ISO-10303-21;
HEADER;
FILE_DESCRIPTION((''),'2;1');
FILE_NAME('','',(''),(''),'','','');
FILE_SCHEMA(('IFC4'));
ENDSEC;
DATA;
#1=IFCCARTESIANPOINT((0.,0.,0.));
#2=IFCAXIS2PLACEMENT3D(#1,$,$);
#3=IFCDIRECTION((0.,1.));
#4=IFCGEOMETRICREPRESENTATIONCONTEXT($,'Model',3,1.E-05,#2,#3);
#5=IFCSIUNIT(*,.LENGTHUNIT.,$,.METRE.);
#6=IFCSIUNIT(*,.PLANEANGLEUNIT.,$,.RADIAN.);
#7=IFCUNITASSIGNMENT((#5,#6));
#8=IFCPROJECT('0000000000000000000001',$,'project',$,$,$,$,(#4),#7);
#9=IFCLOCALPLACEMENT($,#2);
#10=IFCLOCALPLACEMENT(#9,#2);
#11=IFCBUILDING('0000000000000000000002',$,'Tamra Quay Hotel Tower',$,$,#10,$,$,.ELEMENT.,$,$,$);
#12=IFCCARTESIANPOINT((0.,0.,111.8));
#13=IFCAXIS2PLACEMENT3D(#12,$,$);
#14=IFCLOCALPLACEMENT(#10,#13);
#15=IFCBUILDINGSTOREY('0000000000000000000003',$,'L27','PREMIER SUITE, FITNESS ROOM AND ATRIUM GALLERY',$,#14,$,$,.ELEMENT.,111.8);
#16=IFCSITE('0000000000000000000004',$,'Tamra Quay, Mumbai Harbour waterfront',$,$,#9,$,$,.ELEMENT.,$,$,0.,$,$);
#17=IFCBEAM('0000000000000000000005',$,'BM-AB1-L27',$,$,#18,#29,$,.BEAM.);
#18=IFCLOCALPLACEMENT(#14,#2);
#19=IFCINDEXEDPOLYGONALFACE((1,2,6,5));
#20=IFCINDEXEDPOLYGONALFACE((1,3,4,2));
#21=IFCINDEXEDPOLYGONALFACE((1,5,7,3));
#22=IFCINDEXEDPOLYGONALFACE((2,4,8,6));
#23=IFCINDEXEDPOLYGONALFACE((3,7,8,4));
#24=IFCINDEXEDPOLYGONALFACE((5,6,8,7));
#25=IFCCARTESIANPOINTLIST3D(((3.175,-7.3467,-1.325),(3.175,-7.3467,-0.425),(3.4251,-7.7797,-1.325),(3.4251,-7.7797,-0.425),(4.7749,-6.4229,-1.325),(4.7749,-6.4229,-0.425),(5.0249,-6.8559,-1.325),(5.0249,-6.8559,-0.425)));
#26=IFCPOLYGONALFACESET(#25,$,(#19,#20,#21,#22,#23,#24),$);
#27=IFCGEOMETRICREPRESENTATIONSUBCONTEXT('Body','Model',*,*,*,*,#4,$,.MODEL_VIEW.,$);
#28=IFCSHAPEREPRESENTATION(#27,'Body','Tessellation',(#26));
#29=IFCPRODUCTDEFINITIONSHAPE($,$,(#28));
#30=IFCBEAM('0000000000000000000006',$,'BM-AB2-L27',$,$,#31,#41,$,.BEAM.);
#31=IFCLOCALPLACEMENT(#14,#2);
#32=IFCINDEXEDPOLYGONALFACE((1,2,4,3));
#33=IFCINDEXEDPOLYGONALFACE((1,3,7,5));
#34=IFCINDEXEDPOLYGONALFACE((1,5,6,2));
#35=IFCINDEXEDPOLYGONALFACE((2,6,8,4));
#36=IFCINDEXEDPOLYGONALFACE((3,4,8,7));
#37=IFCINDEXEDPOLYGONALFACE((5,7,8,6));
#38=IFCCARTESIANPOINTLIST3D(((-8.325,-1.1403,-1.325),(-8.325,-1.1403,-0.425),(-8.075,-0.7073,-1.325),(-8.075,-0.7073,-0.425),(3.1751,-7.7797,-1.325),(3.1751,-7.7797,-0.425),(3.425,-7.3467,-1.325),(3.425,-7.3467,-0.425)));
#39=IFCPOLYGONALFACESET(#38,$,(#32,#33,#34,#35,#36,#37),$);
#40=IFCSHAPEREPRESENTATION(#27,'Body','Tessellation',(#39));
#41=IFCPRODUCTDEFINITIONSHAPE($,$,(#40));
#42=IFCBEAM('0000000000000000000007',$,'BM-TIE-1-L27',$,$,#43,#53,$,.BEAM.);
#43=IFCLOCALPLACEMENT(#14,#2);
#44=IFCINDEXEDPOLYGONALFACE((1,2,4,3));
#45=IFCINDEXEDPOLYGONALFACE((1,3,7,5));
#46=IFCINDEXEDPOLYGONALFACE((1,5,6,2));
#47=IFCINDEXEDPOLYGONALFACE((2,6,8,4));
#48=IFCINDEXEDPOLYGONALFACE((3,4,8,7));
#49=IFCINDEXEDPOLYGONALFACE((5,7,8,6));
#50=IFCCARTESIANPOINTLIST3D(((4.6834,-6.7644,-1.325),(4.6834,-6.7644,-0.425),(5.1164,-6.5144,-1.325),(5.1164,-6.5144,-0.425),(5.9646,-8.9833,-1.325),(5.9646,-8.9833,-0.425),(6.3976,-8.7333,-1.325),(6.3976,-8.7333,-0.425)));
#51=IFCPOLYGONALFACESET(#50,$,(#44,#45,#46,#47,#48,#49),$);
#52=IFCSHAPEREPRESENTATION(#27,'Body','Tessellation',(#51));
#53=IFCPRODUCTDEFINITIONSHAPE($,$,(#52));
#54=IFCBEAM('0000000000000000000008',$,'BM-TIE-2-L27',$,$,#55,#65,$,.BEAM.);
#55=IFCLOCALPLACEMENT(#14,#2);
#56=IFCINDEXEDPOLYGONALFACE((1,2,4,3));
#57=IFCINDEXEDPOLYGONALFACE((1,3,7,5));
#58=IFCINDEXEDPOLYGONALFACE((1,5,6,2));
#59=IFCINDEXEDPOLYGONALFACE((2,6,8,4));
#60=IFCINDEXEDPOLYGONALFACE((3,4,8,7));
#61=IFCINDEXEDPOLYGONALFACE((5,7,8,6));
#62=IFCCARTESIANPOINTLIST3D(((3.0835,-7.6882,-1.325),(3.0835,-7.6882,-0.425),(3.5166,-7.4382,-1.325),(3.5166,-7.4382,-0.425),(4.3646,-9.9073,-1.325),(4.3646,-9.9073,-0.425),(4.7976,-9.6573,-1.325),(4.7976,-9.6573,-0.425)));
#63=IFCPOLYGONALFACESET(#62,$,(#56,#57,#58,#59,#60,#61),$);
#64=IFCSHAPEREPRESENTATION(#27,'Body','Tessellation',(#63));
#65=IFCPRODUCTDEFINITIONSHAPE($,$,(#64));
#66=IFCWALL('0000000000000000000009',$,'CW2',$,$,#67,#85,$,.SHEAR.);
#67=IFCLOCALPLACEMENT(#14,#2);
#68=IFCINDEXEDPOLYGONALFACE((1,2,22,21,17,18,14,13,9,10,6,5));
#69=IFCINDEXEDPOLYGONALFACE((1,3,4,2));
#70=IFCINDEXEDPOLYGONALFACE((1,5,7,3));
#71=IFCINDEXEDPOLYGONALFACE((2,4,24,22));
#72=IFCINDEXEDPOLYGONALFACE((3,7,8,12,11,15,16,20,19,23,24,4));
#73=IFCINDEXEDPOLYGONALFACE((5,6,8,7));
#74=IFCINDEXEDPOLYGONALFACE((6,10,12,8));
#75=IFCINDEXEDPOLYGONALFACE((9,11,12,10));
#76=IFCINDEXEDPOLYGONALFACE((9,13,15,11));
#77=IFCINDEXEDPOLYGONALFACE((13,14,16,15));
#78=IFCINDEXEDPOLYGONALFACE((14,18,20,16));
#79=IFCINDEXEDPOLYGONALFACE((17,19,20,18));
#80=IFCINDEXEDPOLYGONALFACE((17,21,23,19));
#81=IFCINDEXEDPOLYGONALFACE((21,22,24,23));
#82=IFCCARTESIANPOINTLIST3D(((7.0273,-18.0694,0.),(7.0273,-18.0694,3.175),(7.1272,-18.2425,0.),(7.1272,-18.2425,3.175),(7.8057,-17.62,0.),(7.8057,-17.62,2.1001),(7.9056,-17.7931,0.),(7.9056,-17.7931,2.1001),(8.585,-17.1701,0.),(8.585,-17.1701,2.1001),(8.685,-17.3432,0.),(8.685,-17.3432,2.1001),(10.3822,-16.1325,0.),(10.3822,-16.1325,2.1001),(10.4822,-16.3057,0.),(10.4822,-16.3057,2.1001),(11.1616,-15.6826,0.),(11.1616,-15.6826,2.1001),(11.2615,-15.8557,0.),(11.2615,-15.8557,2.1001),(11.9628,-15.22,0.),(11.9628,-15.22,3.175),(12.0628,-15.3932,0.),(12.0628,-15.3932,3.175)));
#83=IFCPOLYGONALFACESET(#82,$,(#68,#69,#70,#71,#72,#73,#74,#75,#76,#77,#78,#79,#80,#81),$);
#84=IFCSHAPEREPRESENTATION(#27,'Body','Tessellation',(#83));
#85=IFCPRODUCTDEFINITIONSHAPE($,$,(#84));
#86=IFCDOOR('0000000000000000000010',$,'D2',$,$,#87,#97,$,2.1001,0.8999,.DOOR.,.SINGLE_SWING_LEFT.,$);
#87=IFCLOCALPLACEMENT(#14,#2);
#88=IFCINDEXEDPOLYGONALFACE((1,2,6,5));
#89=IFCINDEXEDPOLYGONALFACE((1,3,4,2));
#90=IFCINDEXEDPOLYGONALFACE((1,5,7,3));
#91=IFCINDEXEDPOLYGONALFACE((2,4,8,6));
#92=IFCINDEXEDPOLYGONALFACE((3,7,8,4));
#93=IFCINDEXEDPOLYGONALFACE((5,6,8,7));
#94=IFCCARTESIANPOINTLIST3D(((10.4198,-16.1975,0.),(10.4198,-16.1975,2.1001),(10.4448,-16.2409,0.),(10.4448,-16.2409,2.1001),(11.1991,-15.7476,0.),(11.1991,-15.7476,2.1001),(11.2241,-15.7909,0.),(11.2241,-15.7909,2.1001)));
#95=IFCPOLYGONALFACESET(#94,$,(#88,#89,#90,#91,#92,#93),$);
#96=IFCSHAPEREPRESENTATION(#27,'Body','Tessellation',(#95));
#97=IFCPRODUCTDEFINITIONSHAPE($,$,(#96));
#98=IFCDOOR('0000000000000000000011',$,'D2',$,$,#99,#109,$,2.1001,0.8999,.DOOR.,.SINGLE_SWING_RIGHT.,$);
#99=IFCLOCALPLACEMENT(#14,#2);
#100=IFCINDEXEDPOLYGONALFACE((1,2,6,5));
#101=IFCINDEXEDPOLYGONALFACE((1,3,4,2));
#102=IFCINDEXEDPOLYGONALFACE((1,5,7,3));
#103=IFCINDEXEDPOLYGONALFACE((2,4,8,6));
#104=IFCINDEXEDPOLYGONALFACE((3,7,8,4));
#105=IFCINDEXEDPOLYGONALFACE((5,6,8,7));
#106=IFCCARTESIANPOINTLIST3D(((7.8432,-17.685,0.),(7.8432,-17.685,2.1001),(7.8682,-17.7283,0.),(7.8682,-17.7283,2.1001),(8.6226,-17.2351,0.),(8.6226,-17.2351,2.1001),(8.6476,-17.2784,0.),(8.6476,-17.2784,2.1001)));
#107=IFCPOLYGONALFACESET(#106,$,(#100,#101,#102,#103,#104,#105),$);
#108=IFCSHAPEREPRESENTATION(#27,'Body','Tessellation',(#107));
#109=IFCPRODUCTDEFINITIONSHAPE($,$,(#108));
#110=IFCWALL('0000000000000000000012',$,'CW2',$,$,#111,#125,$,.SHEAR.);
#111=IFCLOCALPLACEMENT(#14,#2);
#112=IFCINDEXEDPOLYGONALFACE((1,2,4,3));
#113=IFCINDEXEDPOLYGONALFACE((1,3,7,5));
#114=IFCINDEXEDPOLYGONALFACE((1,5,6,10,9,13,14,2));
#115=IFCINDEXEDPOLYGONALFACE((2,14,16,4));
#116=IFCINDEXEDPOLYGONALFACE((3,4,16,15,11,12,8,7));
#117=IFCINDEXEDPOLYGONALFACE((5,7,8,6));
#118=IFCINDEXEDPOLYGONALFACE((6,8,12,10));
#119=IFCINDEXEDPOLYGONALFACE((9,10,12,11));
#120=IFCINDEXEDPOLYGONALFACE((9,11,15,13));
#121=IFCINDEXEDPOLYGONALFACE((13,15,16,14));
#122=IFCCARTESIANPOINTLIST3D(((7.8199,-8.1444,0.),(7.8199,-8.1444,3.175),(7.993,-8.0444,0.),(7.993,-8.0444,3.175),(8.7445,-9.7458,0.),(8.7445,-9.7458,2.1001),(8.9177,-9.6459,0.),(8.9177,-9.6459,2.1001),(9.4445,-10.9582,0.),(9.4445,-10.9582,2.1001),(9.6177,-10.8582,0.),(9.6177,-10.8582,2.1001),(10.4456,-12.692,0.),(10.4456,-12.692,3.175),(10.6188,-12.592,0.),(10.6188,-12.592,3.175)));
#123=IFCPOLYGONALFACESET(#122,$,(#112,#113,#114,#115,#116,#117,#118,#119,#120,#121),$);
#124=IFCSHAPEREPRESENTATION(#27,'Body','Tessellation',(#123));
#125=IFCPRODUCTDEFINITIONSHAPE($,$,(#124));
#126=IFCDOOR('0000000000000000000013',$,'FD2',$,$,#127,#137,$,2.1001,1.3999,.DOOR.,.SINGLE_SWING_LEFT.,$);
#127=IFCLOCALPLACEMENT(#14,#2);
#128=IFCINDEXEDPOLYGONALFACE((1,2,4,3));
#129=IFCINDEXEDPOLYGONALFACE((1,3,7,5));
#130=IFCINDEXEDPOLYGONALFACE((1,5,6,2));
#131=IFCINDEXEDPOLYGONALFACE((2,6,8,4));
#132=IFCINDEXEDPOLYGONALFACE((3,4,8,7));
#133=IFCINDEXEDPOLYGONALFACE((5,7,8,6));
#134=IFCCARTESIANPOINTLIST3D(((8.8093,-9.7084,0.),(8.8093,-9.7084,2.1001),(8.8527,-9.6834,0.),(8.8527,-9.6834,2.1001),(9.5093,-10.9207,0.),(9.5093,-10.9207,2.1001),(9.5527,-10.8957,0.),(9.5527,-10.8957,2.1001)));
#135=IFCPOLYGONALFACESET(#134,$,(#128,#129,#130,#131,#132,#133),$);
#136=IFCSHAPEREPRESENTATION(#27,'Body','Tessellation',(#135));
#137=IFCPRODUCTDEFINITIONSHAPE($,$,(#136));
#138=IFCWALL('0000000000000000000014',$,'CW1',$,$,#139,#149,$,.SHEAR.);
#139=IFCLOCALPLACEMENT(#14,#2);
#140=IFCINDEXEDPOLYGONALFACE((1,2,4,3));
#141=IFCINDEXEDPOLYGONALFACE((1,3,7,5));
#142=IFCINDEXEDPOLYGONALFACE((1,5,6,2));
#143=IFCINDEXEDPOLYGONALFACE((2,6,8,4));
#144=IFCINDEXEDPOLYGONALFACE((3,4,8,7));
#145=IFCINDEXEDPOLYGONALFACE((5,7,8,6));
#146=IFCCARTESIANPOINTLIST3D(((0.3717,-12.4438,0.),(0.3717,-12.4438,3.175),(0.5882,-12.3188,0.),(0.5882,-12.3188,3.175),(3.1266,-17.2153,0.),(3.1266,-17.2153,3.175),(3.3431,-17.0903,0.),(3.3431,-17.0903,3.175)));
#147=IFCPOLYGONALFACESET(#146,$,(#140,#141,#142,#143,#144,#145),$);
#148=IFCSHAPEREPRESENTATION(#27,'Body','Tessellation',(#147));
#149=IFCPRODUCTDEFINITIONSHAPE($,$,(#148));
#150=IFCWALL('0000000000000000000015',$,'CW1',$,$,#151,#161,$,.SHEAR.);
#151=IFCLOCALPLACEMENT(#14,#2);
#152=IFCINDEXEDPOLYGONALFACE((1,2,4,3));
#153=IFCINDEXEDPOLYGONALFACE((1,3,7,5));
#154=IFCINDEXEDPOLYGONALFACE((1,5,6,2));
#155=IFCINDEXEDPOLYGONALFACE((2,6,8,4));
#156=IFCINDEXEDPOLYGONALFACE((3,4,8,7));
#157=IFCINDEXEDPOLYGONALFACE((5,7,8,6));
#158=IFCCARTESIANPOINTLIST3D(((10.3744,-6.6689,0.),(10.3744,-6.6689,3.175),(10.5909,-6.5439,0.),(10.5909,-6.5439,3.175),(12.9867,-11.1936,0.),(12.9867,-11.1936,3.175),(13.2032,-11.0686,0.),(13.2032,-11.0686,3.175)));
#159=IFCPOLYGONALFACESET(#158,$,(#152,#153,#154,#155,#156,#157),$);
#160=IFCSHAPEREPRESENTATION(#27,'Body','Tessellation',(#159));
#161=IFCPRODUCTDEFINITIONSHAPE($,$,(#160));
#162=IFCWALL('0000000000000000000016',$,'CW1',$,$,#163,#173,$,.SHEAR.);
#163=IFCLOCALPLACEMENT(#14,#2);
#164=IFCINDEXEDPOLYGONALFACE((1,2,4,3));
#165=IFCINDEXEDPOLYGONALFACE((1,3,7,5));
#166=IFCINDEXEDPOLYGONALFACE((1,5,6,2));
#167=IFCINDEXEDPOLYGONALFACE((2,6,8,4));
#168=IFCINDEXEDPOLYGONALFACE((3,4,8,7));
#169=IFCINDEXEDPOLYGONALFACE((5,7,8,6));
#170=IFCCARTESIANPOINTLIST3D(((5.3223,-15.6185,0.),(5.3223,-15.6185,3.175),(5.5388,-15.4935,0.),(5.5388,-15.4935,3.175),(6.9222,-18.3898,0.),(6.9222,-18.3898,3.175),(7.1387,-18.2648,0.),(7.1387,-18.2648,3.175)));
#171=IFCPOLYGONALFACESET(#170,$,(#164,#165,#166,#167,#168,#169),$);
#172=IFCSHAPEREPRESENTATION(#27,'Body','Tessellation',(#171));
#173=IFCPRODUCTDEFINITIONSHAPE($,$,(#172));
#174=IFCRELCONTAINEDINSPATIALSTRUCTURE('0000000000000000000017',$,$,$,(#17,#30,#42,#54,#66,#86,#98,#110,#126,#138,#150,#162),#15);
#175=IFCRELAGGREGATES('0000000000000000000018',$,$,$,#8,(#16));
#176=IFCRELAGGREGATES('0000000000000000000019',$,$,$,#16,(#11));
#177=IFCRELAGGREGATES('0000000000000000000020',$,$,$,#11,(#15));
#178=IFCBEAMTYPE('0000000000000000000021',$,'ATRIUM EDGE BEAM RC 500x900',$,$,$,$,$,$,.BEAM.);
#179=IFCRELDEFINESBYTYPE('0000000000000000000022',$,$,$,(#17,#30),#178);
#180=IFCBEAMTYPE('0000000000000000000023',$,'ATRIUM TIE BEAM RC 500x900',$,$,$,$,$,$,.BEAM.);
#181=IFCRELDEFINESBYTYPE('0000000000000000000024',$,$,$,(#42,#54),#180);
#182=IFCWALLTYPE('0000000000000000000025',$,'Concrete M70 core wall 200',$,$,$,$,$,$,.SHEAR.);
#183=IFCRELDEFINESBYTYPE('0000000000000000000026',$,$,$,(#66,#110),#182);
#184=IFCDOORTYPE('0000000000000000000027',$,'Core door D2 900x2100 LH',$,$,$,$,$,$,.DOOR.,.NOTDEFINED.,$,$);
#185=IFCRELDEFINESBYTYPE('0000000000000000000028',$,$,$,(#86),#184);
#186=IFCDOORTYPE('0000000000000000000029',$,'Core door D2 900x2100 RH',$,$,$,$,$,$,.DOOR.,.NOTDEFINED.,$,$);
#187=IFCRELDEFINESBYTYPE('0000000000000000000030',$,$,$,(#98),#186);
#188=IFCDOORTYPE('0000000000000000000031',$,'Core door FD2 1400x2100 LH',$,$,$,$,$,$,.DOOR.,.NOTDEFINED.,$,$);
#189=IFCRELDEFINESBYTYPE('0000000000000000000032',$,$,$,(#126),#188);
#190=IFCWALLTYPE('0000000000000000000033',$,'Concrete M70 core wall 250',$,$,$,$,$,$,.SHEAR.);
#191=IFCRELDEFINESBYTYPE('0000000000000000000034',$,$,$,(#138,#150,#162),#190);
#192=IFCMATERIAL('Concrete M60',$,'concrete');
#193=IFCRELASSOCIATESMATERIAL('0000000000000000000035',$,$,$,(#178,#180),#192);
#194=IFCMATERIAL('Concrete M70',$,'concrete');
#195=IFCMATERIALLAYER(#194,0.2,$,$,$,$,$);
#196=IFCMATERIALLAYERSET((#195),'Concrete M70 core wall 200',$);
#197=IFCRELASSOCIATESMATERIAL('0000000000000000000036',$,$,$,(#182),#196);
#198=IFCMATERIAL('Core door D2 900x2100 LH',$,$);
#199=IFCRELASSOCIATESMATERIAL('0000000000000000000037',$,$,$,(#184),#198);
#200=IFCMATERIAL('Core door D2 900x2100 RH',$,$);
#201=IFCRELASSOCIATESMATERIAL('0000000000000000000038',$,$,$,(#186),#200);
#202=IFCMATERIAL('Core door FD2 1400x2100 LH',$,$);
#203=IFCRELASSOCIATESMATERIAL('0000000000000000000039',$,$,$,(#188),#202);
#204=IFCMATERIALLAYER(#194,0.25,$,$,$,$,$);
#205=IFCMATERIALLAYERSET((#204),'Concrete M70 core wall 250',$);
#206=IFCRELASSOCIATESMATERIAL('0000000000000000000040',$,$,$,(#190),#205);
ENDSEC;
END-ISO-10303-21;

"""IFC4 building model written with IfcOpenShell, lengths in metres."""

from ifc_helpers import new_model, si_unit, direction, frame, frame_2d, origin, origin_2d, place, context, subcontext, project, spatial, rectangle, extrude, material, layer, layer_set, material_profile, profile_set, type_object, element, fill, save


model = new_model("IFC4")

# Units and contexts
model_context = context("Model", 3, precision=1e-05, world=origin(), true_north=direction((0.0, 1.0)))
body_context = subcontext(model_context, "Body", "Model", "MODEL_VIEW")
ifc_project = project(units=[si_unit("LENGTHUNIT", "METRE"), si_unit("PLANEANGLEUNIT", "RADIAN")], contexts=[model_context])

# Site, building, storey
site_placement = place(None, origin())
site = spatial("IfcSite", under=ifc_project, at=site_placement, Name="Tamra Quay, Mumbai Harbour waterfront", CompositionType="ELEMENT", RefElevation=0.0)
building_placement = place(site_placement, origin())
building = spatial("IfcBuilding", under=site, at=building_placement, Name="Tamra Quay Hotel Tower", CompositionType="ELEMENT")
storey_placement = place(building_placement, frame((0.0, 0.0, 111.8)))
storey = spatial("IfcBuildingStorey", under=building, at=storey_placement, Name="L27", Description="PREMIER SUITE, FITNESS ROOM AND ATRIUM GALLERY", CompositionType="ELEMENT", Elevation=111.8)

# Beams
ifc_material_1 = material(Name="Concrete M60", Category="concrete")
ifc_material_profile_1 = material_profile(ifc_material_1, rectangle(XDim=0.5, YDim=0.8999, at=origin_2d()), Name="ATRIUM EDGE BEAM RC 500x900")
ifc_profile_set_1 = profile_set([ifc_material_profile_1], Name="Concrete M60")
beam_type_1 = type_object("IfcBeamType", Name="ATRIUM EDGE BEAM RC 500x900", PredefinedType="BEAM", material=ifc_profile_set_1)
beam_1_placement = place(storey_placement, frame((4.8999, -6.6394, -0.875), z_axis=(-0.86599, -0.500062, 0.0), x_axis=(0.500062, -0.86599, 0.0)))
element("IfcBeam", 1, at=beam_1_placement, inside=storey, type_object=beam_type_1, Name="BM-AB1-L27", PredefinedType="BEAM", context=body_context, shape_type="SweptSolid", body=[
    extrude(rectangle(XDim=0.5, YDim=0.8999, at=origin_2d()), origin(), (0.0, 0.0, 1.0), 1.8474),
])
beam_2_placement = place(storey_placement, frame((3.3, -7.5632, -0.875), z_axis=(-0.866029, 0.499993, 0.0), x_axis=(-0.499993, -0.866029, 0.0)))
element("IfcBeam", 2, at=beam_2_placement, inside=storey, type_object=beam_type_1, Name="BM-AB2-L27", PredefinedType="BEAM", context=body_context, shape_type="SweptSolid", body=[
    extrude(rectangle(XDim=0.5, YDim=0.8999, at=origin_2d()), origin(), (0.0, 0.0, 1.0), 13.2791),
])
ifc_material_profile_2 = material_profile(ifc_material_1, rectangle(XDim=0.5, YDim=0.8999, at=origin_2d()), Name="ATRIUM TIE BEAM RC 500x900")
ifc_profile_set_2 = profile_set([ifc_material_profile_2], Name="Concrete M60")
beam_type_2 = type_object("IfcBeamType", Name="ATRIUM TIE BEAM RC 500x900", PredefinedType="BEAM", material=ifc_profile_set_2)
for number, where, z_axis, x_axis, name in (
    (3, (4.8999, -6.6394, -0.875), (0.500033, -0.866006, 0.0), (0.866006, 0.500033, 0.0), "BM-TIE-1-L27"),
    (4, (3.3, -7.5632, -0.875), (0.499962, -0.866048, 0.0), (0.866048, 0.499962, 0.0), "BM-TIE-2-L27"),
):
    element("IfcBeam", number, at=place(storey_placement, frame(where, z_axis=z_axis, x_axis=x_axis)), inside=storey, type_object=beam_type_2, Name=name, PredefinedType="BEAM", context=body_context, shape_type="SweptSolid", body=[
        extrude(rectangle(XDim=0.5, YDim=0.8999, at=origin_2d()), origin(), (0.0, 0.0, 1.0), 2.5623),
    ])

# Wall, openings, doors
ifc_material_2 = material(Name="Concrete M70", Category="concrete")
ifc_layer_1 = layer(ifc_material_2, 0.2)
ifc_layer_set_1 = layer_set([ifc_layer_1], Name="Concrete M70 core wall 200")
wall_type_1 = type_object("IfcWallType", Name="Concrete M70 core wall 200", PredefinedType="SHEAR", material=ifc_layer_set_1)
wall_1_placement = place(storey_placement, frame((7.0771, -18.156, 0.0), z_axis=(0.0, 0.0, 1.0), x_axis=(0.866039, 0.499977, 0.0)))
wall_1 = element("IfcWall", 5, at=wall_1_placement, inside=storey, type_object=wall_type_1, Name="CW2", PredefinedType="SHEAR", context=body_context, shape_type="SweptSolid", body=[
    extrude(rectangle(XDim=5.699, YDim=0.2, at=frame_2d((2.8496, 0.0))), origin(), (0.0, 0.0, 1.0), 3.175),
])
opening_1_placement = place(wall_1_placement, frame((0.8989, 0.0, 0.0)))
opening_1 = element("IfcOpeningElement", 6, at=opening_1_placement, cuts=wall_1, PredefinedType="OPENING", context=body_context, shape_type="SweptSolid", body=[
    extrude(rectangle(XDim=0.8999, YDim=2.1001, at=frame_2d((0.45, 1.05))), frame((0.0, 0.1099, 0.0), z_axis=(0.0, -1.0, 0.0), x_axis=(1.0, 0.0, 0.0)), (0.0, 0.0, 1.0), 0.22),
])
opening_2_placement = place(wall_1_placement, frame((3.874, 0.0, 0.0)))
opening_2 = element("IfcOpeningElement", 7, at=opening_2_placement, cuts=wall_1, PredefinedType="OPENING", context=body_context, shape_type="SweptSolid", body=[
    extrude(rectangle(XDim=0.8999, YDim=2.1001, at=frame_2d((0.45, 1.05))), frame((0.0, 0.1099, 0.0), z_axis=(0.0, -1.0, 0.0), x_axis=(1.0, 0.0, 0.0)), (0.0, 0.0, 1.0), 0.22),
])
ifc_material_3 = material(Name="Core door D2 900x2100 LH")
door_type_1 = type_object("IfcDoorType", Name="Core door D2 900x2100 LH", OperationType="NOTDEFINED", PredefinedType="DOOR", material=ifc_material_3)
door_1_placement = place(opening_2_placement, origin())
door_1 = element("IfcDoor", 8, at=door_1_placement, inside=storey, type_object=door_type_1, Name="D2", OperationType="SINGLE_SWING_LEFT", OverallHeight=2.1001, OverallWidth=0.8999, PredefinedType="DOOR", context=body_context, shape_type="SweptSolid", body=[
    extrude(rectangle(XDim=0.8999, YDim=2.1001, at=frame_2d((0.45, 1.05))), frame((0.0, 0.0249, 0.0), z_axis=(0.0, -1.0, 0.0), x_axis=(1.0, 0.0, 0.0)), (0.0, 0.0, 1.0), 0.05),
])
fill(opening_2, door_1)
ifc_material_4 = material(Name="Core door D2 900x2100 RH")
door_type_2 = type_object("IfcDoorType", Name="Core door D2 900x2100 RH", OperationType="NOTDEFINED", PredefinedType="DOOR", material=ifc_material_4)
door_2_placement = place(opening_1_placement, origin())
door_2 = element("IfcDoor", 9, at=door_2_placement, inside=storey, type_object=door_type_2, Name="D2", OperationType="SINGLE_SWING_RIGHT", OverallHeight=2.1001, OverallWidth=0.8999, PredefinedType="DOOR", context=body_context, shape_type="SweptSolid", body=[
    extrude(rectangle(XDim=0.8999, YDim=2.1001, at=frame_2d((0.45, 1.05))), frame((0.0, 0.0249, 0.0), z_axis=(0.0, -1.0, 0.0), x_axis=(1.0, 0.0, 0.0)), (0.0, 0.0, 1.0), 0.05),
])
fill(opening_1, door_2)

# Wall, opening, door
wall_2_placement = place(storey_placement, frame((7.9065, -8.0945, 0.0), z_axis=(0.0, 0.0, 1.0), x_axis=(0.500024, -0.866011, 0.0)))
wall_2 = element("IfcWall", 10, at=wall_2_placement, inside=storey, type_object=wall_type_1, Name="CW2", PredefinedType="SHEAR", context=body_context, shape_type="SweptSolid", body=[
    extrude(rectangle(XDim=5.2512, YDim=0.2, at=frame_2d((2.6255, 0.0))), origin(), (0.0, 0.0, 1.0), 3.175),
])
opening_3_placement = place(wall_2_placement, frame((1.8491, 0.0, 0.0)))
opening_3 = element("IfcOpeningElement", 11, at=opening_3_placement, cuts=wall_2, PredefinedType="OPENING", context=body_context, shape_type="SweptSolid", body=[
    extrude(rectangle(XDim=1.3999, YDim=2.1001, at=frame_2d((0.7, 1.05))), frame((0.0, 0.1099, 0.0), z_axis=(0.0, -1.0, 0.0), x_axis=(1.0, 0.0, 0.0)), (0.0, 0.0, 1.0), 0.22),
])
ifc_material_5 = material(Name="Core door FD2 1400x2100 LH")
door_type_3 = type_object("IfcDoorType", Name="Core door FD2 1400x2100 LH", OperationType="NOTDEFINED", PredefinedType="DOOR", material=ifc_material_5)
door_3_placement = place(opening_3_placement, origin())
door_3 = element("IfcDoor", 12, at=door_3_placement, inside=storey, type_object=door_type_3, Name="FD2", OperationType="SINGLE_SWING_LEFT", OverallHeight=2.1001, OverallWidth=1.3999, PredefinedType="DOOR", context=body_context, shape_type="SweptSolid", body=[
    extrude(rectangle(XDim=1.3999, YDim=2.1001, at=frame_2d((0.7, 1.05))), frame((0.0, 0.0249, 0.0), z_axis=(0.0, -1.0, 0.0), x_axis=(1.0, 0.0, 0.0)), (0.0, 0.0, 1.0), 0.05),
])
fill(opening_3, door_3)

# Walls
ifc_layer_2 = layer(ifc_material_2, 0.25)
ifc_layer_set_2 = layer_set([ifc_layer_2], Name="Concrete M70 core wall 250")
wall_type_2 = type_object("IfcWallType", Name="Concrete M70 core wall 250", PredefinedType="SHEAR", material=ifc_layer_set_2)
wall_3_placement = place(storey_placement, frame((3.2349, -17.1528, 0.0), z_axis=(0.0, 0.0, 1.0), x_axis=(-0.500009, 0.86602, 0.0)))
element("IfcWall", 13, at=wall_3_placement, inside=storey, type_object=wall_type_2, Name="CW1", PredefinedType="SHEAR", context=body_context, shape_type="SweptSolid", body=[
    extrude(rectangle(XDim=5.5098, YDim=0.25, at=frame_2d((2.7549, 0.0))), origin(), (0.0, 0.0, 1.0), 3.175),
])
wall_4_placement = place(storey_placement, frame((10.4827, -6.6064, 0.0), z_axis=(0.0, 0.0, 1.0), x_axis=(0.499999, -0.866026, 0.0)))
element("IfcWall", 14, at=wall_4_placement, inside=storey, type_object=wall_type_2, Name="CW1", PredefinedType="SHEAR", context=body_context, shape_type="SweptSolid", body=[
    extrude(rectangle(XDim=5.2246, YDim=0.25, at=frame_2d((2.6123, 0.0))), origin(), (0.0, 0.0, 1.0), 3.175),
])
wall_5_placement = place(storey_placement, frame((7.0305, -18.3274, 0.0), z_axis=(0.0, 0.0, 1.0), x_axis=(-0.499971, 0.866042, 0.0)))
element("IfcWall", 15, at=wall_5_placement, inside=storey, type_object=wall_type_2, Name="CW1", PredefinedType="SHEAR", context=body_context, shape_type="SweptSolid", body=[
    extrude(rectangle(XDim=3.2, YDim=0.25, at=frame_2d((1.6001, 0.0))), origin(), (0.0, 0.0, 1.0), 3.175),
])

save(model, "model.ifc")
